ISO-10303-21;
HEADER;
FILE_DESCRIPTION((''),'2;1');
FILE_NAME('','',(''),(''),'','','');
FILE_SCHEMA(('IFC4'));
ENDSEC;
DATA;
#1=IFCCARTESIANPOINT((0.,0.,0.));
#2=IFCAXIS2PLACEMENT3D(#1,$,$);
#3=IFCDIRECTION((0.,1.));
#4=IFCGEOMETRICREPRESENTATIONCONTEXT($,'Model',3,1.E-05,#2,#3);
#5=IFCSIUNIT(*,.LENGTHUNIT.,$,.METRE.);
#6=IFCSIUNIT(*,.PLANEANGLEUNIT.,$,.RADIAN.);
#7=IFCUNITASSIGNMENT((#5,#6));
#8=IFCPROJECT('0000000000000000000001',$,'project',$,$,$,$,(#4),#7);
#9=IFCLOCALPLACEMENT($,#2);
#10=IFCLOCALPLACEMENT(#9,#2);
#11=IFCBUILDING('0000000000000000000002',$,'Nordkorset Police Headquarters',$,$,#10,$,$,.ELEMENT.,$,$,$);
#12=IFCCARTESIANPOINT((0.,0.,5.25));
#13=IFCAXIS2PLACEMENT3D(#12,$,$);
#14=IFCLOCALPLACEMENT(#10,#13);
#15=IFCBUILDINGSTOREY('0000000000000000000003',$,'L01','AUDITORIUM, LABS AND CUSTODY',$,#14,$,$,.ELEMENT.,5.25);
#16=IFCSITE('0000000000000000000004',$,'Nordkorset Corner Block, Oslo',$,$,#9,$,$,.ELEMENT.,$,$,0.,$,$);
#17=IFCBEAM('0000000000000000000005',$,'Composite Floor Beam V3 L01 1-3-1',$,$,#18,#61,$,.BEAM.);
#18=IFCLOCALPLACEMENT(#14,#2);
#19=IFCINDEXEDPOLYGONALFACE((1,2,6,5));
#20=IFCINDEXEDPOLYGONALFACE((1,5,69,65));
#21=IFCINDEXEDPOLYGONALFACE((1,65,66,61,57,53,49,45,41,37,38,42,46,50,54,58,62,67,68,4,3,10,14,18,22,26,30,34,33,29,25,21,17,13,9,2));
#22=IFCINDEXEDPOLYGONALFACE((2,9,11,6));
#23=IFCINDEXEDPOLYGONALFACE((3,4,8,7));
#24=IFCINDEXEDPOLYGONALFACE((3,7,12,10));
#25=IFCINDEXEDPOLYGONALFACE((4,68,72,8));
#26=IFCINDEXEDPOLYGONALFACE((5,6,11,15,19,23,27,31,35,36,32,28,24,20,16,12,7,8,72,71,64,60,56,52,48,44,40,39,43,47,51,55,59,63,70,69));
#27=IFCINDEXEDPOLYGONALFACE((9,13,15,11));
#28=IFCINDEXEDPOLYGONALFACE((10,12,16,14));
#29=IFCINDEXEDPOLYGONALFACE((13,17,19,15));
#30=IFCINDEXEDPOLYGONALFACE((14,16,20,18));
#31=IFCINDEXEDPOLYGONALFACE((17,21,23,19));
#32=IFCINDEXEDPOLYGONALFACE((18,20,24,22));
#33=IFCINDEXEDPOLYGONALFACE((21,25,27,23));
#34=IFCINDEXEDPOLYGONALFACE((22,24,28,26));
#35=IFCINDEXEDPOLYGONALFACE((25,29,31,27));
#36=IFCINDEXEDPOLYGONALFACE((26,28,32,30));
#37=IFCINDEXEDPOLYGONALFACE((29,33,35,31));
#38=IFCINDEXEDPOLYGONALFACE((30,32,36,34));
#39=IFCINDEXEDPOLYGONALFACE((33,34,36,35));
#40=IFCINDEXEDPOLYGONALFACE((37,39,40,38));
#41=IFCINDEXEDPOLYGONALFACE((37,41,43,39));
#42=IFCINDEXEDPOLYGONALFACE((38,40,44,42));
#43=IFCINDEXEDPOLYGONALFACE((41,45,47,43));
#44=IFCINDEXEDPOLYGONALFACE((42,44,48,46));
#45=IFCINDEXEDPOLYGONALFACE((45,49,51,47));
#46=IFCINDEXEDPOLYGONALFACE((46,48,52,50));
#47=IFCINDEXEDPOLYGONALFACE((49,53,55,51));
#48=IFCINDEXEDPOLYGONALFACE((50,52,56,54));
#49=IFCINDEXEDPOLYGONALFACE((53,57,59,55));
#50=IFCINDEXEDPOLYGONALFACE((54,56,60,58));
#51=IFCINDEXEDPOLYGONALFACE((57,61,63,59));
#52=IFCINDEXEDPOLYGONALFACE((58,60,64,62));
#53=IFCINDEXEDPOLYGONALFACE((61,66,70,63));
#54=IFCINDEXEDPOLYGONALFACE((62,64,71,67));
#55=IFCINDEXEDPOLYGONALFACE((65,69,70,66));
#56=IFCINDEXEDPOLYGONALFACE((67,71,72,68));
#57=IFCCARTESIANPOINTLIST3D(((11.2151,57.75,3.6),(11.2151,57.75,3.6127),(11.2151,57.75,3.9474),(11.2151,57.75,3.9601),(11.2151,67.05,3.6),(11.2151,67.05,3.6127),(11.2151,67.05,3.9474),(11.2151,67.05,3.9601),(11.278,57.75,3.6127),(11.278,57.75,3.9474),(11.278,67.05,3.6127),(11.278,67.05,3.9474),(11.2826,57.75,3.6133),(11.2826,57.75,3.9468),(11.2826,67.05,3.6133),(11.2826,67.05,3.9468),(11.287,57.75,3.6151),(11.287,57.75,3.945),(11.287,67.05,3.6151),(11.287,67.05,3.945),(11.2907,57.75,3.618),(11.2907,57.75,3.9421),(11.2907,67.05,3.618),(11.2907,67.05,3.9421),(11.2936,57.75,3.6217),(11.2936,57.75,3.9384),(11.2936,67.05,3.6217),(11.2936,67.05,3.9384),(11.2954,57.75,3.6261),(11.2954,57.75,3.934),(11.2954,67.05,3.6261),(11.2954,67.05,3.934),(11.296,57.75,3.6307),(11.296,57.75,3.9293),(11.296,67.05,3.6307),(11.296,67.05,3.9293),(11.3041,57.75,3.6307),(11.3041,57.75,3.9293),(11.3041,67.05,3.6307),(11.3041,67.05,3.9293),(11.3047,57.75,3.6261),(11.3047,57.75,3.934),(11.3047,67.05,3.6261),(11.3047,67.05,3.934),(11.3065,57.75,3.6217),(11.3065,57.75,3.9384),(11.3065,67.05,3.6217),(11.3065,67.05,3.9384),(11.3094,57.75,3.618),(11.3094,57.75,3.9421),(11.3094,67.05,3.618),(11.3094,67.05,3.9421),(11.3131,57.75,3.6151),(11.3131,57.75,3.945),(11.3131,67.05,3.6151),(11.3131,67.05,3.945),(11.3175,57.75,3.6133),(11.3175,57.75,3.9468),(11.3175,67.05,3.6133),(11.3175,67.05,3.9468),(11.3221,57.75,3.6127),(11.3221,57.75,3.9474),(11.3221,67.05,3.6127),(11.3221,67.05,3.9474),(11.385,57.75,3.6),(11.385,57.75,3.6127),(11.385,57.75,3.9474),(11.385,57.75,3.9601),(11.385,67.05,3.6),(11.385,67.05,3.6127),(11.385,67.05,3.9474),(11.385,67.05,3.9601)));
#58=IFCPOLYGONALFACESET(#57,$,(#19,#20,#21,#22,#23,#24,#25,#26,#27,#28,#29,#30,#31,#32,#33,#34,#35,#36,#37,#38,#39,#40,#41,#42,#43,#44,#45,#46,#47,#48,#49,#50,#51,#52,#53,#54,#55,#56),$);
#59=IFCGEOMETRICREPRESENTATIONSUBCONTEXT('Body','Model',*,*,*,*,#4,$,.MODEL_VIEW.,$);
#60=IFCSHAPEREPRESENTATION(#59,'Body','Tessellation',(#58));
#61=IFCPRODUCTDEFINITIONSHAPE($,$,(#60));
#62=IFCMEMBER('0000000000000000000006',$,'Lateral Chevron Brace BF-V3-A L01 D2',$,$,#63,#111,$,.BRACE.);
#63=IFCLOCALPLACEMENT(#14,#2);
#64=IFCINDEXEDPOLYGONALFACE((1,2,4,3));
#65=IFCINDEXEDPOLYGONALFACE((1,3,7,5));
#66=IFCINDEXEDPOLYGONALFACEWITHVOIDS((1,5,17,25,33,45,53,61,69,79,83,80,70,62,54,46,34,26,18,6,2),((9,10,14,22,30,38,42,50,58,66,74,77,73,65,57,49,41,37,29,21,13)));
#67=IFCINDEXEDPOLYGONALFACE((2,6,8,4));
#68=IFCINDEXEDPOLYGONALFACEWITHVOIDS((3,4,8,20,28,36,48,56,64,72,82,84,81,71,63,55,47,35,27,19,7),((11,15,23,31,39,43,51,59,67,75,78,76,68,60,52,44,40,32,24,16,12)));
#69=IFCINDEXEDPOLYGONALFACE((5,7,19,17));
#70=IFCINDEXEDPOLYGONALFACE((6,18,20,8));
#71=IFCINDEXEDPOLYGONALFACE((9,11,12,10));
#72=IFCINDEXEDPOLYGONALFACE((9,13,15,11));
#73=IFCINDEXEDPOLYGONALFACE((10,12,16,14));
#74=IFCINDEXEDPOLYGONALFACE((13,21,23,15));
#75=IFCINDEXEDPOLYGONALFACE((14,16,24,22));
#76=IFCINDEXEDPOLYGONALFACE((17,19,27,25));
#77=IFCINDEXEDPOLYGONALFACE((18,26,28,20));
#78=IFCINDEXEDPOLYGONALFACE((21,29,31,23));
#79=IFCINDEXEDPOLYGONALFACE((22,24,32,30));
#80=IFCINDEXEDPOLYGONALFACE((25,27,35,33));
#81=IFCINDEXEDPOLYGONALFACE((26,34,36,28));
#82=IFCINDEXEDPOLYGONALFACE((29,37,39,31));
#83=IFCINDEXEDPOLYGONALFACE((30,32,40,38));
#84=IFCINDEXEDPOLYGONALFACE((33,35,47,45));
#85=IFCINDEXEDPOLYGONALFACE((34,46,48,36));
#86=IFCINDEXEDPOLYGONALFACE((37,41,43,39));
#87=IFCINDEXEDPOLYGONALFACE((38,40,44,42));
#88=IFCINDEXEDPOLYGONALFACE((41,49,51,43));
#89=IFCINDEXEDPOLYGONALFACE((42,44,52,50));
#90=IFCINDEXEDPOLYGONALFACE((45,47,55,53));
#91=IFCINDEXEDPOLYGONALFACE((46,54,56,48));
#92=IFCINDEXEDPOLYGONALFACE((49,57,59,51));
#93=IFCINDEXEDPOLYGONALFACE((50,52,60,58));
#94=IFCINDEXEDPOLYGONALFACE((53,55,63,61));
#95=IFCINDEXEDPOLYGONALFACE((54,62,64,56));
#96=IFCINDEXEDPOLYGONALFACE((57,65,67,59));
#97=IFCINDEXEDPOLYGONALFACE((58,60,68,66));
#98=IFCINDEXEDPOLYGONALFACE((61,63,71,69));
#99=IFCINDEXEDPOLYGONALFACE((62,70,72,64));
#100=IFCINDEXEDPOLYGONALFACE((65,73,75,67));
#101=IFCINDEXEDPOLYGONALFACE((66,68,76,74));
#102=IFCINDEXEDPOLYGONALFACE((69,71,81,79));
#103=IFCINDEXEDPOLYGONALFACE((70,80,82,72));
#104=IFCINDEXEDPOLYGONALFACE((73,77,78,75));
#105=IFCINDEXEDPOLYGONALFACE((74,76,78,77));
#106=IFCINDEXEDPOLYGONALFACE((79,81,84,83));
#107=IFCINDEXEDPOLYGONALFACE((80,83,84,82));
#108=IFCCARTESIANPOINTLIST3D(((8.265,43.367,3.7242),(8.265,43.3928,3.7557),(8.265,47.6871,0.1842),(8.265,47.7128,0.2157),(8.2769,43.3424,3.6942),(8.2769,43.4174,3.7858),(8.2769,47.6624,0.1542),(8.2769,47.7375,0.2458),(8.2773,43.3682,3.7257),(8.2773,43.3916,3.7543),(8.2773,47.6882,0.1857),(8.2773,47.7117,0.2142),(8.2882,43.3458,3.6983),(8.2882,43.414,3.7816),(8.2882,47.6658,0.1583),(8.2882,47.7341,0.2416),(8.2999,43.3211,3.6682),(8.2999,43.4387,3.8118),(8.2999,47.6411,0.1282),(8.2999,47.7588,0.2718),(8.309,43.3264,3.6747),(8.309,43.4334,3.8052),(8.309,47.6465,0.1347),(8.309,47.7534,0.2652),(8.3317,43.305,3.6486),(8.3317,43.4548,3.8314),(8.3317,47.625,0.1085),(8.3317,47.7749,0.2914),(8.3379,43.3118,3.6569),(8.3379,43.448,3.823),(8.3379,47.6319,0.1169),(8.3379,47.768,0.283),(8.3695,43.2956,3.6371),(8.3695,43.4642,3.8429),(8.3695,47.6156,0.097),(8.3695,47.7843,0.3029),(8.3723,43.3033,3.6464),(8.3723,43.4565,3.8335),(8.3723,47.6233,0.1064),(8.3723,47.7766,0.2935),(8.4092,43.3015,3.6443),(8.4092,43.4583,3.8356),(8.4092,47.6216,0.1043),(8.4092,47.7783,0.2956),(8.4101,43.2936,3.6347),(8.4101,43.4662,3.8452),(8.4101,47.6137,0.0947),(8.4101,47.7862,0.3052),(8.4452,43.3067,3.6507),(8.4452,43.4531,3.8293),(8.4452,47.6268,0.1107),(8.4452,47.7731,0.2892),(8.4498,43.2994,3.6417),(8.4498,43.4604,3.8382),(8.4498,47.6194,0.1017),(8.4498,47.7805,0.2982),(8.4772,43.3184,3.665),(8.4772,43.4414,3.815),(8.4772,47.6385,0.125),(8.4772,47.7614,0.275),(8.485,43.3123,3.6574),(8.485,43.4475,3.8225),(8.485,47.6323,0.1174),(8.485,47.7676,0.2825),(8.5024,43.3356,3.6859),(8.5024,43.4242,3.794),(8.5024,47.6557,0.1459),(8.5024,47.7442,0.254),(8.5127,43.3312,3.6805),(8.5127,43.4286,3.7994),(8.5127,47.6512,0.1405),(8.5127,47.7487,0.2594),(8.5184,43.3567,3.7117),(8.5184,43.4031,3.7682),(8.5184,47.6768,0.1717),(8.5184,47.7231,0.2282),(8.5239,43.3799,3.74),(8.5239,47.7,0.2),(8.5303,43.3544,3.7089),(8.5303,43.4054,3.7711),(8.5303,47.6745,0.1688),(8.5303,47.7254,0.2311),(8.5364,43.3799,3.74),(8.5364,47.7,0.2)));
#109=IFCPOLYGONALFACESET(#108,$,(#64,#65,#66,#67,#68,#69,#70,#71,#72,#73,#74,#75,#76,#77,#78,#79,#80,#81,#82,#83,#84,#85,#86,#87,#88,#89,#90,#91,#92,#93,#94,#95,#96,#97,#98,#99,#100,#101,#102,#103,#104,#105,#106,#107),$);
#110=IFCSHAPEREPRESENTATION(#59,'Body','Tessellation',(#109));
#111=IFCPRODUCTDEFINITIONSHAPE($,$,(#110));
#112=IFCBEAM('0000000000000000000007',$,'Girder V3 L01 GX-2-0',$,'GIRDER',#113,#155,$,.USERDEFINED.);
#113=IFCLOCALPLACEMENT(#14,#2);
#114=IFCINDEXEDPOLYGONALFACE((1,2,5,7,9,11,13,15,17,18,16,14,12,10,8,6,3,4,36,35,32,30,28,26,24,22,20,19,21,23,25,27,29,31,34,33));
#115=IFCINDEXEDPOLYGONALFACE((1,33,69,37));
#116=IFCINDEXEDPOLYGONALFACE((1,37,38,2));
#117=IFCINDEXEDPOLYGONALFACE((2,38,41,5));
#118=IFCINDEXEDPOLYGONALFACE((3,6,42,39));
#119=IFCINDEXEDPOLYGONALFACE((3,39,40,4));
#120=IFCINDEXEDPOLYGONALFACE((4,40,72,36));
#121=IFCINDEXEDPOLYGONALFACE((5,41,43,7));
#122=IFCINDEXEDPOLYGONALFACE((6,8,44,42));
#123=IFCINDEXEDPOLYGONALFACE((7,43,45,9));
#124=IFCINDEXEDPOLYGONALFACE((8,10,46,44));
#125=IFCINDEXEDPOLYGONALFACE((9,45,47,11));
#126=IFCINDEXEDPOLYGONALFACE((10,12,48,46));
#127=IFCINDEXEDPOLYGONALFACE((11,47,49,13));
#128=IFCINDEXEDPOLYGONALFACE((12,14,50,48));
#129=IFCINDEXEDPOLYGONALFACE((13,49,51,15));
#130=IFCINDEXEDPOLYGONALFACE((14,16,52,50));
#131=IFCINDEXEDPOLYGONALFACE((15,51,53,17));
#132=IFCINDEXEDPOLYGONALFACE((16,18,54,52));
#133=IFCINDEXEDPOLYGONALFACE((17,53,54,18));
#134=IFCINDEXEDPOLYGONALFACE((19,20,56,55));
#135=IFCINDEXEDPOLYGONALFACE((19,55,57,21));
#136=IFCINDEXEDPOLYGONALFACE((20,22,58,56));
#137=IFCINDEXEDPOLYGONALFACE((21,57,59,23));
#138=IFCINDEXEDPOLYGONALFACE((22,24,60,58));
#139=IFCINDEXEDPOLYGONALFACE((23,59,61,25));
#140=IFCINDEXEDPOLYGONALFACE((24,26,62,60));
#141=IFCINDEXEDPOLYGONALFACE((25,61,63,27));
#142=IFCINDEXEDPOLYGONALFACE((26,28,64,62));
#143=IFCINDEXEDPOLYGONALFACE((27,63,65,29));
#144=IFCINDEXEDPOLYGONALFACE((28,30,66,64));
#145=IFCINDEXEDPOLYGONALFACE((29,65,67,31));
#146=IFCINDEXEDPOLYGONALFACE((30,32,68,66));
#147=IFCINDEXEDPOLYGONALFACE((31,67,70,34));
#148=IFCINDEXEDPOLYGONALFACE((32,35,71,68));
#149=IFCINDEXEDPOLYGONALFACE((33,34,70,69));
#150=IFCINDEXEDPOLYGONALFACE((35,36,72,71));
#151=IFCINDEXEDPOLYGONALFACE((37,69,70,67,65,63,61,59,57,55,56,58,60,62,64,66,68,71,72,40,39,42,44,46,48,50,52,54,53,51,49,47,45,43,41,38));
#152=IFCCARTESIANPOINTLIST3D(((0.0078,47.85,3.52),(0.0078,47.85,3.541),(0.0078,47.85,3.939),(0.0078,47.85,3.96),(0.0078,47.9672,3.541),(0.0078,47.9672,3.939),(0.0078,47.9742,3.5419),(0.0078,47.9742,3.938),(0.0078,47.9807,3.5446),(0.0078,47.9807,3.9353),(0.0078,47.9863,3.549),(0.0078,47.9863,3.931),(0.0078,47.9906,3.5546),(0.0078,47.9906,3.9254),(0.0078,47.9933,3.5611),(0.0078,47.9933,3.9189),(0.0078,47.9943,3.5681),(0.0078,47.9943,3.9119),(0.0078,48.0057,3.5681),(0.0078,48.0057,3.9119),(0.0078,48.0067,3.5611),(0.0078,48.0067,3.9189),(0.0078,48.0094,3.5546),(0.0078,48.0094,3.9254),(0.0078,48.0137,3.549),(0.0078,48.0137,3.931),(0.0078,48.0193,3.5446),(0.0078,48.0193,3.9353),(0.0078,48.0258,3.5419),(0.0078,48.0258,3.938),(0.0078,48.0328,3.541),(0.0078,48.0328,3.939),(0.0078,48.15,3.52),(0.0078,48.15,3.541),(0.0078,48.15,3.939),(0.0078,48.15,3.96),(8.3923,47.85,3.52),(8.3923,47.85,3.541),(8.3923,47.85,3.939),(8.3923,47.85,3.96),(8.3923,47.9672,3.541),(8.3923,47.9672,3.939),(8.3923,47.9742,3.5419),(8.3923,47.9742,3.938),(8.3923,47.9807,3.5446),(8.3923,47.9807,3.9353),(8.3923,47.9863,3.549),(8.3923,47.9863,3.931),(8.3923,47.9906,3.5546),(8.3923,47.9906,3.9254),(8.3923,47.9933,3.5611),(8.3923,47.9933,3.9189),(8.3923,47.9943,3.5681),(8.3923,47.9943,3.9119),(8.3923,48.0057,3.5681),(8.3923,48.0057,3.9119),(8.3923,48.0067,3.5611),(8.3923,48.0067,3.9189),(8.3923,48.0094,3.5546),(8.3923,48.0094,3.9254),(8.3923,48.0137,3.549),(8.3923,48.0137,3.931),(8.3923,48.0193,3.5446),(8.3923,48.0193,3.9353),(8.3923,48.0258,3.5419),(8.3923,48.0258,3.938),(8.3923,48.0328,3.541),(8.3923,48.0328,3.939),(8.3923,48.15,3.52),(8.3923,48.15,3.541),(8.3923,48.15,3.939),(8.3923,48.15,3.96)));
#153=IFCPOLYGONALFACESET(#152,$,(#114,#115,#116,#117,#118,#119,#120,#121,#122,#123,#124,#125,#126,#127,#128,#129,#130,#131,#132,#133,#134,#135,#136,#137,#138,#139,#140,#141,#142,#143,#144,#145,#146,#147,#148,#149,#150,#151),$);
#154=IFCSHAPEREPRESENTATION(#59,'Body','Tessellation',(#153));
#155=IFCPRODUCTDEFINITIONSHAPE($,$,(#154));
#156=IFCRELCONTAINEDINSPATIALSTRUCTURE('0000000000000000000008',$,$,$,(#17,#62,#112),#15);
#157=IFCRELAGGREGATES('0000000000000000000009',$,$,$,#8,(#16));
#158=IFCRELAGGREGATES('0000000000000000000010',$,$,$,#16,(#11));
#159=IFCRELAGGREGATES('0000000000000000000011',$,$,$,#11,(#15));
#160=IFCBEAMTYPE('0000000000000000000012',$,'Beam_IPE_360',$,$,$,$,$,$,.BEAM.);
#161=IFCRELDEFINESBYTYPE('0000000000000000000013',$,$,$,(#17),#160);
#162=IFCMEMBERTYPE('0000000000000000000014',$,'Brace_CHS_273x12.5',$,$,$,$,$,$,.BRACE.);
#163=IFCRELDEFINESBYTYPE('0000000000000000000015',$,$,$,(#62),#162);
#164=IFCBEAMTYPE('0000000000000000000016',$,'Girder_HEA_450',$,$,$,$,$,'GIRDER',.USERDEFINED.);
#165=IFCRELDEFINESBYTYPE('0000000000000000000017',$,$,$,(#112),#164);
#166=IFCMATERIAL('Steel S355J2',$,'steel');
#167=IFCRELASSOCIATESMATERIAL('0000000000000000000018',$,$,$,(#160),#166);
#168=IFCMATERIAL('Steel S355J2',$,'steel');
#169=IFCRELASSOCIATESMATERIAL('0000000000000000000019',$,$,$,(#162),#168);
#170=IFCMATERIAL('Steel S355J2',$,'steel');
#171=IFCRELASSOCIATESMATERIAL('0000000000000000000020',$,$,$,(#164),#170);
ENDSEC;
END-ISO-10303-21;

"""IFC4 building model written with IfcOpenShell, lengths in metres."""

from ifc_helpers import new_model, si_unit, direction, frame, origin, origin_2d, place, context, subcontext, project, spatial, hollow_circle, i_section, extrude, material, material_profile, profile_set, type_object, element, save


model = new_model("IFC4")

# Units and contexts
model_context = context("Model", 3, precision=1e-05, world=origin(), true_north=direction((0.0, 1.0)))
body_context = subcontext(model_context, "Body", "Model", "MODEL_VIEW")
ifc_project = project(units=[si_unit("LENGTHUNIT", "METRE"), si_unit("PLANEANGLEUNIT", "RADIAN")], contexts=[model_context])

# Site, building, storey
site_placement = place(None, origin())
site = spatial("IfcSite", under=ifc_project, at=site_placement, Name="Nordkorset Corner Block, Oslo", CompositionType="ELEMENT", RefElevation=0.0)
building_placement = place(site_placement, origin())
building = spatial("IfcBuilding", under=site, at=building_placement, Name="Nordkorset Police Headquarters", CompositionType="ELEMENT")
storey_placement = place(building_placement, frame((0.0, 0.0, 5.25)))
storey = spatial("IfcBuildingStorey", under=building, at=storey_placement, Name="L01", Description="AUDITORIUM, LABS AND CUSTODY", CompositionType="ELEMENT", Elevation=5.25)

# Beam
ifc_material_1 = material(Name="Steel S355J2", Category="steel")
ifc_material_profile_1 = material_profile(ifc_material_1, i_section(OverallWidth=0.1699, OverallDepth=0.3601, WebThickness=0.0081, FlangeThickness=0.0127, FilletRadius=0.0181, at=origin_2d()), Name="IPE 360")
ifc_profile_set_1 = profile_set([ifc_material_profile_1], Name="Steel S355J2")
beam_type_1 = type_object("IfcBeamType", Name="Beam_IPE_360", PredefinedType="BEAM", material=ifc_profile_set_1)
for number, where, z_axis, x_axis, name in (
    (1, (11.3, 57.75, 3.78), (0.0, 1.0, 0.0), (-1.0, 0.0, 0.0), "Composite Floor Beam V3 L01 1-3-1"),
):
    element("IfcBeam", number, at=place(storey_placement, frame(where, z_axis=z_axis, x_axis=x_axis)), inside=storey, type_object=beam_type_1, Name=name, PredefinedType="BEAM", context=body_context, shape_type="SweptSolid", body=[
        extrude(i_section(OverallWidth=0.1699, OverallDepth=0.3601, WebThickness=0.0081, FlangeThickness=0.0127, FilletRadius=0.0181, at=origin_2d()), origin(), (0.0, 0.0, 1.0), 9.3),
    ])

# Member
ifc_material_2 = material(Name="Steel S355J2", Category="steel")
ifc_material_profile_2 = material_profile(ifc_material_2, hollow_circle(Radius=0.1365, WallThickness=0.0125, at=origin_2d()), Name="CHS 273x12.5")
ifc_profile_set_2 = profile_set([ifc_material_profile_2], Name="Steel S355J2")
member_type = type_object("IfcMemberType", Name="Brace_CHS_273x12.5", PredefinedType="BRACE", material=ifc_profile_set_2)
member_placement = place(storey_placement, frame((8.3999, 47.7, 0.2), z_axis=(0.0, -0.77348, 0.633821), x_axis=(1.0, 0.0, 0.0)))
element("IfcMember", 2, at=member_placement, inside=storey, type_object=member_type, Name="Lateral Chevron Brace BF-V3-A L01 D2", PredefinedType="BRACE", context=body_context, shape_type="SweptSolid", body=[
    extrude(hollow_circle(Radius=0.1365, WallThickness=0.0125, at=origin_2d()), origin(), (0.0, 0.0, 1.0), 5.5852),
])

# Beam
ifc_material_3 = material(Name="Steel S355J2", Category="steel")
ifc_material_profile_3 = material_profile(ifc_material_3, i_section(OverallWidth=0.3, OverallDepth=0.4399, WebThickness=0.0115, FlangeThickness=0.021, FilletRadius=0.0271, at=origin_2d()), Name="HEA 450")
ifc_profile_set_3 = profile_set([ifc_material_profile_3], Name="Steel S355J2")
beam_type_2 = type_object("IfcBeamType", Name="Girder_HEA_450", ElementType="GIRDER", PredefinedType="USERDEFINED", material=ifc_profile_set_3)
beam_1_placement = place(storey_placement, frame((0.0078, 48.0, 3.74), z_axis=(1.0, 0.0, 0.0), x_axis=(0.0, 1.0, 0.0)))
element("IfcBeam", 3, at=beam_1_placement, inside=storey, type_object=beam_type_2, Name="Girder V3 L01 GX-2-0", ObjectType="GIRDER", PredefinedType="USERDEFINED", context=body_context, shape_type="SweptSolid", body=[
    extrude(i_section(OverallWidth=0.3, OverallDepth=0.4399, WebThickness=0.0115, FlangeThickness=0.021, FilletRadius=0.0271, at=origin_2d()), origin(), (0.0, 0.0, 1.0), 8.3845),
])

save(model, "model.ifc")
